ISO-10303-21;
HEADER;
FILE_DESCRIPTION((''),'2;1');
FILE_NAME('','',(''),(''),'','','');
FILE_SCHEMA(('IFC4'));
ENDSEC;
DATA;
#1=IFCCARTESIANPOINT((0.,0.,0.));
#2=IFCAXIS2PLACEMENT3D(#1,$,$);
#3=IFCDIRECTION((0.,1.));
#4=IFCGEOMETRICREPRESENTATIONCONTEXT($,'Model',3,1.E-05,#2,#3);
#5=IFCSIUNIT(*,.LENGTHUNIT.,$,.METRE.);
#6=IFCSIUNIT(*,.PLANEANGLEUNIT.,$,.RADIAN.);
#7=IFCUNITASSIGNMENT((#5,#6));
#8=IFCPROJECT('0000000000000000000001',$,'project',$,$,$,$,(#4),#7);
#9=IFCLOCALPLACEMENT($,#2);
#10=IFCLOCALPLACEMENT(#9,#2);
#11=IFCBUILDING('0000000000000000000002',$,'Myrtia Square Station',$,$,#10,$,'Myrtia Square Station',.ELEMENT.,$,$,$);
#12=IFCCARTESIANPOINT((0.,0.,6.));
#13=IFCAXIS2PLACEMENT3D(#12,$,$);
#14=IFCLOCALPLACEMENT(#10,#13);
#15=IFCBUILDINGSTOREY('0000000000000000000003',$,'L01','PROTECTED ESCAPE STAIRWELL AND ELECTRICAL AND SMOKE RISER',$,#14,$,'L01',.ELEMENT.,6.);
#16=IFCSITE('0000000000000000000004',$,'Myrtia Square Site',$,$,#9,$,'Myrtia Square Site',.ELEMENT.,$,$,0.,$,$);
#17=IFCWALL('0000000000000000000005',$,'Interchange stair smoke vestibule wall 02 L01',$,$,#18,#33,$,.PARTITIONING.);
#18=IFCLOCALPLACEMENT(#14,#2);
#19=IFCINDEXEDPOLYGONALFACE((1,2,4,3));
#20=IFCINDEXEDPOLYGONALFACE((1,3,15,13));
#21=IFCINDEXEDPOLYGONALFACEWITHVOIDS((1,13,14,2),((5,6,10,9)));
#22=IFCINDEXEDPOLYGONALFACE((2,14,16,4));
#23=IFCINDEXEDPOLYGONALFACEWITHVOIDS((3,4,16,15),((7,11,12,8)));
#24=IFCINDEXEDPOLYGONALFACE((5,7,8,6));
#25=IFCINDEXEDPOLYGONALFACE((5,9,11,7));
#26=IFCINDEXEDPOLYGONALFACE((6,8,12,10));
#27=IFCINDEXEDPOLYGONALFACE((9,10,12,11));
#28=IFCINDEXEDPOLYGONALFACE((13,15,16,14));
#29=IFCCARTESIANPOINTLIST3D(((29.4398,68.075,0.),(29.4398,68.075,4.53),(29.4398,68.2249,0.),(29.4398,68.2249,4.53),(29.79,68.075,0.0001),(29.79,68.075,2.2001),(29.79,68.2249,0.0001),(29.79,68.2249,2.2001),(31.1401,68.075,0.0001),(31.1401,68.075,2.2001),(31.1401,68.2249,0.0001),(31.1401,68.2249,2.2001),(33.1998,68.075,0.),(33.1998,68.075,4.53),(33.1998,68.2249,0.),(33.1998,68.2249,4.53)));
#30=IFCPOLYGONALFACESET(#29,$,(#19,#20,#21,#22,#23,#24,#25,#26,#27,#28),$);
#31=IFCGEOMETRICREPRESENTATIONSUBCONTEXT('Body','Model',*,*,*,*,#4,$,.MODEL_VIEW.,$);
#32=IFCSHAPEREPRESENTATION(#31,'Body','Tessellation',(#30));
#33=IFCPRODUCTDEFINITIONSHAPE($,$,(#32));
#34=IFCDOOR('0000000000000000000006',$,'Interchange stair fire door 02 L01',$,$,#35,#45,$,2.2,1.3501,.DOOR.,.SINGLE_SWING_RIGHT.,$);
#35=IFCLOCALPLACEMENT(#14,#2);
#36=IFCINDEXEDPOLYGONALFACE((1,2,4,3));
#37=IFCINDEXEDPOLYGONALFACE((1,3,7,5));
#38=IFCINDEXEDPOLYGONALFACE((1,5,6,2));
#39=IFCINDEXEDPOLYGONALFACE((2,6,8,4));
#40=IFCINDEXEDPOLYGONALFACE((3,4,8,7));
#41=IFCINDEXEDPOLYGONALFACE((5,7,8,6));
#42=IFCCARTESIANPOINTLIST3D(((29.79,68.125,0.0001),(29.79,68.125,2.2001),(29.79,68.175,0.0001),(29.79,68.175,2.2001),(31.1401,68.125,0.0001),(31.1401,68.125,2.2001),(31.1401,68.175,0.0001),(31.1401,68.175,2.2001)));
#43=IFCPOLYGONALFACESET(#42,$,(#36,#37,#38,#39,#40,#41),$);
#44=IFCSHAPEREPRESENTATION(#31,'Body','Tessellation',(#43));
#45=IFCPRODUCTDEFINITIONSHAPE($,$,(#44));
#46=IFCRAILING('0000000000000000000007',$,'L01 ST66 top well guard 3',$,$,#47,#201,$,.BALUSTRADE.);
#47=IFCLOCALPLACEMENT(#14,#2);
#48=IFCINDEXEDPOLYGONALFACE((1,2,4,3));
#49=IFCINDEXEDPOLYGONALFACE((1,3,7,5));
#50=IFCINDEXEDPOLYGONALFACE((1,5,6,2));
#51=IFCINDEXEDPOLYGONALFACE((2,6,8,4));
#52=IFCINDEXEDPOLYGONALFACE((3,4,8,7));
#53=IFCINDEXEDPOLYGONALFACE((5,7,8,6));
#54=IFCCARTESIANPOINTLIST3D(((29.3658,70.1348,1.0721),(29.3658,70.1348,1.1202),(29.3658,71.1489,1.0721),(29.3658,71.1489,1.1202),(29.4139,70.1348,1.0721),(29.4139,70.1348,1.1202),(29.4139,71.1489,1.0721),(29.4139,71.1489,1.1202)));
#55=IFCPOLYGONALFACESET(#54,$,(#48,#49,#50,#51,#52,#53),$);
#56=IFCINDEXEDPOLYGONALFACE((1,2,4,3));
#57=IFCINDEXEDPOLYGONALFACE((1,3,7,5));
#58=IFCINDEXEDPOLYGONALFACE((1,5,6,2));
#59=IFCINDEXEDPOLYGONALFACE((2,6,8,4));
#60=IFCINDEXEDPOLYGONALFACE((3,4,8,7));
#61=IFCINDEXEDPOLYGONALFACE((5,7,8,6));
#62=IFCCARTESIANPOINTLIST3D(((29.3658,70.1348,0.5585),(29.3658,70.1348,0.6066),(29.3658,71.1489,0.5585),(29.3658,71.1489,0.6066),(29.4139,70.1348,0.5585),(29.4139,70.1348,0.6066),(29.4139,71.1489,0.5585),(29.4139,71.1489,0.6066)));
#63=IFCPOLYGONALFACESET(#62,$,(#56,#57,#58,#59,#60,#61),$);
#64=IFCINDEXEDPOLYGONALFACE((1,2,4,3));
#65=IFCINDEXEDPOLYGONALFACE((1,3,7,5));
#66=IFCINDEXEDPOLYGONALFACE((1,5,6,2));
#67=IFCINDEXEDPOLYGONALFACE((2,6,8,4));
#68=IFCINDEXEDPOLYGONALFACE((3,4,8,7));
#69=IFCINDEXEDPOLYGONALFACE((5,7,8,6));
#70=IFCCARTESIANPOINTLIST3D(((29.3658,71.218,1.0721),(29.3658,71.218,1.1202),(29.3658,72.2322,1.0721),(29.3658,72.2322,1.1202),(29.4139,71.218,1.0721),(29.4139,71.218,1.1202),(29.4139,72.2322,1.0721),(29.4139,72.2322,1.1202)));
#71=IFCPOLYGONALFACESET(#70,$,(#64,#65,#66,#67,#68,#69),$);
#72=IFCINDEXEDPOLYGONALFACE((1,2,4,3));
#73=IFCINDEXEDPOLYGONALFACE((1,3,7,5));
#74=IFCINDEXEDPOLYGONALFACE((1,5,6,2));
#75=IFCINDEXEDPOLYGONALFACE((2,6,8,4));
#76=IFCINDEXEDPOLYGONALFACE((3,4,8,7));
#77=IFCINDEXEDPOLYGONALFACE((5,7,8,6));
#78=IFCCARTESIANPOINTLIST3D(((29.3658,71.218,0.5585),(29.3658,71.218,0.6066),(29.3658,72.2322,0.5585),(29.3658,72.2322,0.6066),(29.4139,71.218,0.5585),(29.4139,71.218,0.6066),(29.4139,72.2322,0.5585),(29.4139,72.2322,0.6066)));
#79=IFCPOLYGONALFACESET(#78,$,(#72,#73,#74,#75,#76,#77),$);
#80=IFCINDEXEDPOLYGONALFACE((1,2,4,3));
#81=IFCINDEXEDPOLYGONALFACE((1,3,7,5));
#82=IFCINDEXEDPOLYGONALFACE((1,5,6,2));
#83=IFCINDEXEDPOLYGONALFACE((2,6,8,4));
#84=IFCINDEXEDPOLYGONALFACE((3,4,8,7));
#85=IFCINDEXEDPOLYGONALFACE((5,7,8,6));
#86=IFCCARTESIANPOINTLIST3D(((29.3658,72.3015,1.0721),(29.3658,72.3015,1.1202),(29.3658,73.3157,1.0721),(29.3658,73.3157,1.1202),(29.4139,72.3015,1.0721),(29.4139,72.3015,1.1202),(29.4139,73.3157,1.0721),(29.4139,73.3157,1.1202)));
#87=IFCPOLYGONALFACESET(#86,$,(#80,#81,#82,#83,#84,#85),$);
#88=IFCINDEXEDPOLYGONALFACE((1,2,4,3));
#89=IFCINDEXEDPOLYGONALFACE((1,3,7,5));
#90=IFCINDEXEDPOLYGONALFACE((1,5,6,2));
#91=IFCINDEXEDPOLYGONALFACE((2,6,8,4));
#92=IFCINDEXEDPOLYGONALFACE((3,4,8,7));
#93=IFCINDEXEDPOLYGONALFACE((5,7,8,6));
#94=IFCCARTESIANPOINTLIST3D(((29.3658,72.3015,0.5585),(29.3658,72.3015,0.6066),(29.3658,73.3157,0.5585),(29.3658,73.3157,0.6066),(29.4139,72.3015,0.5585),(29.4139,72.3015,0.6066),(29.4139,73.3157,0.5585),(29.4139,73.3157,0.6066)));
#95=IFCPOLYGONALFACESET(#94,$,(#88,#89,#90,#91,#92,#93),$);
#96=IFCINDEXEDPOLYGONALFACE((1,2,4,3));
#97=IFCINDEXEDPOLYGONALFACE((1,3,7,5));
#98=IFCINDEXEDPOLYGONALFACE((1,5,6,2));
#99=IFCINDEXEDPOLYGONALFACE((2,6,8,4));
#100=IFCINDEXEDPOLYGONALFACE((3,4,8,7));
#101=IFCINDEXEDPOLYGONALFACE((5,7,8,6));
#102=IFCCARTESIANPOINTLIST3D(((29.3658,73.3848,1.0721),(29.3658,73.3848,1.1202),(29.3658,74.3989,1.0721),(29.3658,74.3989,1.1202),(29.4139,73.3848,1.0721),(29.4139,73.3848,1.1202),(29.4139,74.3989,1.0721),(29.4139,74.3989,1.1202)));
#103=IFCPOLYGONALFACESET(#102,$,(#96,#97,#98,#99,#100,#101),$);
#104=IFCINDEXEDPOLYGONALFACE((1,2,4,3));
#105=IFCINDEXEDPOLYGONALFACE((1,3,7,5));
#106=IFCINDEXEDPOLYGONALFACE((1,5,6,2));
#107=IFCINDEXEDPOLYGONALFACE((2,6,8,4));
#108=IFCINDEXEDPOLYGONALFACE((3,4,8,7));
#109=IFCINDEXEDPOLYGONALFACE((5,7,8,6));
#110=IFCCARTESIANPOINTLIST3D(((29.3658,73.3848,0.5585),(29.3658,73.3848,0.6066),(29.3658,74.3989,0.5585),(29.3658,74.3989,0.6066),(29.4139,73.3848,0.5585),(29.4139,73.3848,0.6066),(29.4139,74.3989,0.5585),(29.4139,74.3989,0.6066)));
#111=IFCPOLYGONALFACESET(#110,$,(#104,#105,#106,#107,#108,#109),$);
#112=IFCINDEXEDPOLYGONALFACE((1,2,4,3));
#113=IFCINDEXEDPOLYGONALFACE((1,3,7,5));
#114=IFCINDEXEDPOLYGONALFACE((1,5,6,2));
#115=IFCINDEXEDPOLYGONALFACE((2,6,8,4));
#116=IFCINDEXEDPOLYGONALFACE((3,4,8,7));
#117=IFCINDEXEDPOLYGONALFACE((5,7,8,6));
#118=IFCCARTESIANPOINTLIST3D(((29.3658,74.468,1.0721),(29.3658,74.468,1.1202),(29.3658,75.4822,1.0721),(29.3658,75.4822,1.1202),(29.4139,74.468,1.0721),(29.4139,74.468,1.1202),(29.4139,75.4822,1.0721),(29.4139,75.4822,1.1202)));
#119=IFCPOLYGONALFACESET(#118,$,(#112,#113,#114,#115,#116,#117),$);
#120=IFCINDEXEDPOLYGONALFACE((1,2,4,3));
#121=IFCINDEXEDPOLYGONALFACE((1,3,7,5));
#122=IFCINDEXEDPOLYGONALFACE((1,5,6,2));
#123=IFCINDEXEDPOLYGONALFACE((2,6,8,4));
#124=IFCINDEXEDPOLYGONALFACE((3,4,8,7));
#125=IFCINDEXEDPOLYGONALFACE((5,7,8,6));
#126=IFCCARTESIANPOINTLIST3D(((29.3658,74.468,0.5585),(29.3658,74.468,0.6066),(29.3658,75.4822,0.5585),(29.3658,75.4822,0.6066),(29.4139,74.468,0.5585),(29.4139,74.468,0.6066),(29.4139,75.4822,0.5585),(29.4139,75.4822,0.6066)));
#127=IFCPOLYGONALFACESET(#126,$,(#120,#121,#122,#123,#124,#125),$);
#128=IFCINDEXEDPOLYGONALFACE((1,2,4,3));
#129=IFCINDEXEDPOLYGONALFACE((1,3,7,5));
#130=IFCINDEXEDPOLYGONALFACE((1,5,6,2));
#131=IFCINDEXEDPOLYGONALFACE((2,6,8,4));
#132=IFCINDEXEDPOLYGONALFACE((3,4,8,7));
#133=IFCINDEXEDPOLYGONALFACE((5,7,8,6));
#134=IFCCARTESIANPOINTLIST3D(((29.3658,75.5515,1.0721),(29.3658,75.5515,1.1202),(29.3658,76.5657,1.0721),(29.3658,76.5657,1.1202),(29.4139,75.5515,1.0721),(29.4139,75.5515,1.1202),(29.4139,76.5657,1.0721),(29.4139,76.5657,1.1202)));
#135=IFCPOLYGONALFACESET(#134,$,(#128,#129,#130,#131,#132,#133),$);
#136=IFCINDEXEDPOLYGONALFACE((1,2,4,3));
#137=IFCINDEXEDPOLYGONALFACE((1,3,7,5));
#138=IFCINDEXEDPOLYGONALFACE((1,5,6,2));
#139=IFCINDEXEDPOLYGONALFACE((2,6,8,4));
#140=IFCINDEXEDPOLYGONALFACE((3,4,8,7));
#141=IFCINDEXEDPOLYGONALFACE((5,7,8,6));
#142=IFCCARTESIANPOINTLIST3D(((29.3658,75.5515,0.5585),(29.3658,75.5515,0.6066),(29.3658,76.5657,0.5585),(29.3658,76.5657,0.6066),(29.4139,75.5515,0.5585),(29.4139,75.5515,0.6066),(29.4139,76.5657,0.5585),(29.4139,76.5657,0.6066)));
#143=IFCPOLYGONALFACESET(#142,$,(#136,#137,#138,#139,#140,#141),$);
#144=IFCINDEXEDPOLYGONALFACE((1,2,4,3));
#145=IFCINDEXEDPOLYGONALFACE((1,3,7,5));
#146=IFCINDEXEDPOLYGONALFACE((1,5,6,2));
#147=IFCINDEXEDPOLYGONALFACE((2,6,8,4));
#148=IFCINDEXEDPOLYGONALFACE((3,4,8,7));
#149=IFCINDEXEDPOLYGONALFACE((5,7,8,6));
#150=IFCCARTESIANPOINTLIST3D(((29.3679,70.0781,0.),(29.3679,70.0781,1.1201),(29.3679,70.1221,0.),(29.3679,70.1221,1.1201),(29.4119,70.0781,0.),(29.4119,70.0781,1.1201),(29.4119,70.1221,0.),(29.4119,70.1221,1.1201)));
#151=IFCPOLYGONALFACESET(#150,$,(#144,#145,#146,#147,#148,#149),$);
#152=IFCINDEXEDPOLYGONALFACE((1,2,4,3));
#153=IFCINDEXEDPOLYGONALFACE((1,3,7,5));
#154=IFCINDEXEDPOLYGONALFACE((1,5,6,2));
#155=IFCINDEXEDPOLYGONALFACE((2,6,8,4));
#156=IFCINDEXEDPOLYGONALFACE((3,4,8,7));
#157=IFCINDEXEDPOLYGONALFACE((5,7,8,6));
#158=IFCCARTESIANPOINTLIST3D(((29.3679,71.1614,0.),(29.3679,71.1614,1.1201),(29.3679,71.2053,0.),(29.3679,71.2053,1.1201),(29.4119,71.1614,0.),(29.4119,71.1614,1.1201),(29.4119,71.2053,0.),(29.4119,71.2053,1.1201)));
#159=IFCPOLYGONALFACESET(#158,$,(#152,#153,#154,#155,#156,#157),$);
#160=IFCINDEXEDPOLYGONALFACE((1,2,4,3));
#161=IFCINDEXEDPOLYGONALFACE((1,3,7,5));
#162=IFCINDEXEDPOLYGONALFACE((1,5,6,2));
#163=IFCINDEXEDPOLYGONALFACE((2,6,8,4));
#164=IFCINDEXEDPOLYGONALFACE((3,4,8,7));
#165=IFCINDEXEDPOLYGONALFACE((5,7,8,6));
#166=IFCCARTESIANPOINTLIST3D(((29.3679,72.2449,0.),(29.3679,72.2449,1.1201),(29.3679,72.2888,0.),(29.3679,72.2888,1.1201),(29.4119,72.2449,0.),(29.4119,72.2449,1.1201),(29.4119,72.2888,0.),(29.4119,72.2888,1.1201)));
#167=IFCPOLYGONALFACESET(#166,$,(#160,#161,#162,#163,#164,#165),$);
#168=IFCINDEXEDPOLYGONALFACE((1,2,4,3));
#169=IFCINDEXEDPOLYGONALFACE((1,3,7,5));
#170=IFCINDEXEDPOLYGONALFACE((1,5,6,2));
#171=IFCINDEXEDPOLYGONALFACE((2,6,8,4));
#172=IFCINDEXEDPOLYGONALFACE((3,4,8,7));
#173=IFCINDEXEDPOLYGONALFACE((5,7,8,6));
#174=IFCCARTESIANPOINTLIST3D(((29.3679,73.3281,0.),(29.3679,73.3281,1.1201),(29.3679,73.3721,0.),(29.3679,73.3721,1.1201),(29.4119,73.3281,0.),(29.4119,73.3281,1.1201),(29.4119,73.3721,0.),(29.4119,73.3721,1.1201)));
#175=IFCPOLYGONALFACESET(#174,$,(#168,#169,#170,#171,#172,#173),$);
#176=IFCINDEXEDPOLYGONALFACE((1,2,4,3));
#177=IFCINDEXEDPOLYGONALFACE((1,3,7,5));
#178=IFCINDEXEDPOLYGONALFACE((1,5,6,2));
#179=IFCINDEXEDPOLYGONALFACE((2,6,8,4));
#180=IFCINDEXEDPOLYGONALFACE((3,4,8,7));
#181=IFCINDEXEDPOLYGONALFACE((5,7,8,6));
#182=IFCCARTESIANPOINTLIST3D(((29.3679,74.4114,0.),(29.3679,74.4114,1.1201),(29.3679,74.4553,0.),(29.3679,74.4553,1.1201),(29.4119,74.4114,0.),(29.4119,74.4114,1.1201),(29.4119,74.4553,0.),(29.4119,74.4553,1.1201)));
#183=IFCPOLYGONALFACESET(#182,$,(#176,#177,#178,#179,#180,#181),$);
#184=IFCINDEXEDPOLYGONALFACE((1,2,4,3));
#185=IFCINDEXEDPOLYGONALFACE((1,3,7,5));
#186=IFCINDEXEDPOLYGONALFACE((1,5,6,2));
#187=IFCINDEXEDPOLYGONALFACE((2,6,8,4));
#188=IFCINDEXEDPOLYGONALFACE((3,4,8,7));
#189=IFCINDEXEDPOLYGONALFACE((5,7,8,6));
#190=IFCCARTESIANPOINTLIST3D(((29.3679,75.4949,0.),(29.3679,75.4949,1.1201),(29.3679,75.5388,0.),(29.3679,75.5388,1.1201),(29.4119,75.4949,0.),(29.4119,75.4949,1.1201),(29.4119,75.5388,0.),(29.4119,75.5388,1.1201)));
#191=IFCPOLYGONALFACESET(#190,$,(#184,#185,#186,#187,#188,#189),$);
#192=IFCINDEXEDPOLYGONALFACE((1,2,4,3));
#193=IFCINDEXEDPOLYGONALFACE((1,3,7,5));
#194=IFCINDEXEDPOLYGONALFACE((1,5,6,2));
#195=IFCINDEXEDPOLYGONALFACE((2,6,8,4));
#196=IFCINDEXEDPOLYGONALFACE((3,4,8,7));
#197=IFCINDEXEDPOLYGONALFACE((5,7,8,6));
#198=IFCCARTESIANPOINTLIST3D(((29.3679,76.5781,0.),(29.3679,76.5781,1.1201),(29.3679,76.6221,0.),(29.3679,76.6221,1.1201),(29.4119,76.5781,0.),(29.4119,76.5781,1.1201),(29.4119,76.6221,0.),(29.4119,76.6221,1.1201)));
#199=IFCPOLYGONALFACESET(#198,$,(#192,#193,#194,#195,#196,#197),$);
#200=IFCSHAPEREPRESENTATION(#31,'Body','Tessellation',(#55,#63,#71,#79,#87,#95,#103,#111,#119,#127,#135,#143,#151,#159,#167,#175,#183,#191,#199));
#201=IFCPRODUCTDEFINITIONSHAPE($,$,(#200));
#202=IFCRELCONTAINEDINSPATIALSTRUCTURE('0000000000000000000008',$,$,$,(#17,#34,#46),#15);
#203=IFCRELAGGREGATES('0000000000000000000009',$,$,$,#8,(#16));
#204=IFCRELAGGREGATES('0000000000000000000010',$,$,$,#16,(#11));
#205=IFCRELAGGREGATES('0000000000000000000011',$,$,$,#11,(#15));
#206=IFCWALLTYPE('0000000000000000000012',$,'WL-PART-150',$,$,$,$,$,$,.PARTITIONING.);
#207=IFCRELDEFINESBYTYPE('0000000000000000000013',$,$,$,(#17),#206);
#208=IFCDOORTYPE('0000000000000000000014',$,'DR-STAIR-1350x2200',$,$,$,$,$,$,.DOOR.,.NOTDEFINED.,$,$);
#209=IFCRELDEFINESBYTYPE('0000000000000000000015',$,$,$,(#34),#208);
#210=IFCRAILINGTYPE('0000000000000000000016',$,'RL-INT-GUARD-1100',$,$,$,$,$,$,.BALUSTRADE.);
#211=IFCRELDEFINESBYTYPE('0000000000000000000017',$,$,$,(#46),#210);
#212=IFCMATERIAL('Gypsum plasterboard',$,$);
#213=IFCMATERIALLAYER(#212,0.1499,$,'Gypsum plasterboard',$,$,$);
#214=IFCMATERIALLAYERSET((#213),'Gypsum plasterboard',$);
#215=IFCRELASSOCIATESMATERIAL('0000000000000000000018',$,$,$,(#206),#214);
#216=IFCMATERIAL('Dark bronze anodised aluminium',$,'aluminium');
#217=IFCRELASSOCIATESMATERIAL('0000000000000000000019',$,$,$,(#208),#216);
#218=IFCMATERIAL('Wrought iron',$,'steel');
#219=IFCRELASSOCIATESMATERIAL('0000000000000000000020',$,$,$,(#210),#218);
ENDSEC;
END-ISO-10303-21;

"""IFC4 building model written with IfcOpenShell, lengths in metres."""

from ifc_helpers import new_model, si_unit, direction, frame, frame_2d, origin, origin_2d, place, context, subcontext, project, spatial, rectangle, extrude, material, layer, layer_set, type_object, element, fill, save


model = new_model("IFC4")

# Units and contexts
model_context = context("Model", 3, precision=1e-05, world=origin(), true_north=direction((0.0, 1.0)))
body_context = subcontext(model_context, "Body", "Model", "MODEL_VIEW")
ifc_project = project(units=[si_unit("LENGTHUNIT", "METRE"), si_unit("PLANEANGLEUNIT", "RADIAN")], contexts=[model_context])

# Site, building, storey
site_placement = place(None, origin())
site = spatial("IfcSite", under=ifc_project, at=site_placement, Name="Myrtia Square Site", LongName="Myrtia Square Site", CompositionType="ELEMENT", RefElevation=0.0)
building_placement = place(site_placement, origin())
building = spatial("IfcBuilding", under=site, at=building_placement, Name="Myrtia Square Station", LongName="Myrtia Square Station", CompositionType="ELEMENT")
storey_placement = place(building_placement, frame((0.0, 0.0, 6.0)))
storey = spatial("IfcBuildingStorey", under=building, at=storey_placement, Name="L01", Description="PROTECTED ESCAPE STAIRWELL AND ELECTRICAL AND SMOKE RISER", LongName="L01", CompositionType="ELEMENT", Elevation=6.0)

# Shared definitions
ifc_material_1 = material(Name="Dark bronze anodised aluminium", Category="aluminium")

# Wall, opening, door
ifc_material_2 = material(Name="Gypsum plasterboard")
ifc_layer_1 = layer(ifc_material_2, 0.1499, Name="Gypsum plasterboard")
ifc_layer_set_1 = layer_set([ifc_layer_1], Name="Gypsum plasterboard")
wall_type = type_object("IfcWallType", Name="WL-PART-150", PredefinedType="PARTITIONING", material=ifc_layer_set_1)
wall_placement = place(storey_placement, frame((29.4399, 68.1499, 0.0), z_axis=(0.0, 0.0, 1.0), x_axis=(1.0, 0.0, 0.0)))
wall = element("IfcWall", 1, at=wall_placement, inside=storey, type_object=wall_type, Name="Interchange stair smoke vestibule wall 02 L01", PredefinedType="PARTITIONING", context=body_context, shape_type="SweptSolid", body=[
    extrude(rectangle(XDim=3.76, YDim=0.1499, at=frame_2d((1.8799, 0.0))), origin(), (0.0, 0.0, 1.0), 4.53),
])
opening_placement = place(wall_placement, frame((0.3501, 0.0, 0.0)))
opening = element("IfcOpeningElement", 2, at=opening_placement, cuts=wall, PredefinedType="OPENING", context=body_context, shape_type="SweptSolid", body=[
    extrude(rectangle(XDim=1.3501, YDim=2.2, at=frame_2d((0.675, 1.1001))), frame((0.0, 0.0898, 0.0), z_axis=(0.0, -1.0, 0.0), x_axis=(1.0, 0.0, 0.0)), (0.0, 0.0, 1.0), 0.1799),
])
door_type = type_object("IfcDoorType", Name="DR-STAIR-1350x2200", OperationType="NOTDEFINED", PredefinedType="DOOR", material=ifc_material_1)
door_placement = place(opening_placement, frame((1.3501, 0.0, 0.0), z_axis=(0.0, 0.0, 1.0), x_axis=(-1.0, 0.0, 0.0)))
door = element("IfcDoor", 3, at=door_placement, inside=storey, type_object=door_type, Name="Interchange stair fire door 02 L01", OperationType="SINGLE_SWING_RIGHT", OverallHeight=2.2, OverallWidth=1.3501, PredefinedType="DOOR", context=body_context, shape_type="SweptSolid", body=[
    extrude(rectangle(XDim=1.3501, YDim=2.2, at=frame_2d((0.675, 1.1001))), frame((0.0, 0.0249, 0.0), z_axis=(0.0, -1.0, 0.0), x_axis=(1.0, 0.0, 0.0)), (0.0, 0.0, 1.0), 0.05),
])
fill(opening, door)

# Railing
ifc_material_3 = material(Name="Wrought iron", Category="steel")
railing_type = type_object("IfcRailingType", Name="RL-INT-GUARD-1100", PredefinedType="BALUSTRADE", material=ifc_material_3)
railing_1_placement = place(storey_placement, frame((29.3899, 70.1001, 0.0)))
element("IfcRailing", 4, at=railing_1_placement, inside=storey, type_object=railing_type, Name="L01 ST66 top well guard 3", PredefinedType="BALUSTRADE", context=body_context, shape_type="SweptSolid", body=[
    extrude(rectangle(XDim=0.0481, YDim=0.0481, at=origin_2d()), frame((0.0, 0.0347, 1.0962), z_axis=(0.0, 1.0, 0.0), x_axis=(-1.0, 0.0, 0.0)), (0.0, 0.0, 1.0), 1.0142),
    extrude(rectangle(XDim=0.0481, YDim=0.0481, at=origin_2d()), frame((0.0, 0.0347, 0.5825), z_axis=(0.0, 1.0, 0.0), x_axis=(-1.0, 0.0, 0.0)), (0.0, 0.0, 1.0), 1.0142),
    extrude(rectangle(XDim=0.0481, YDim=0.0481, at=origin_2d()), frame((0.0, 1.1179, 1.0962), z_axis=(0.0, 1.0, 0.0), x_axis=(-1.0, 0.0, 0.0)), (0.0, 0.0, 1.0), 1.0142),
    extrude(rectangle(XDim=0.0481, YDim=0.0481, at=origin_2d()), frame((0.0, 1.1179, 0.5825), z_axis=(0.0, 1.0, 0.0), x_axis=(-1.0, 0.0, 0.0)), (0.0, 0.0, 1.0), 1.0142),
    extrude(rectangle(XDim=0.0481, YDim=0.0481, at=origin_2d()), frame((0.0, 2.2014, 1.0962), z_axis=(0.0, 1.0, 0.0), x_axis=(-1.0, 0.0, 0.0)), (0.0, 0.0, 1.0), 1.0142),
    extrude(rectangle(XDim=0.0481, YDim=0.0481, at=origin_2d()), frame((0.0, 2.2014, 0.5825), z_axis=(0.0, 1.0, 0.0), x_axis=(-1.0, 0.0, 0.0)), (0.0, 0.0, 1.0), 1.0142),
    extrude(rectangle(XDim=0.0481, YDim=0.0481, at=origin_2d()), frame((0.0, 3.2847, 1.0962), z_axis=(0.0, 1.0, 0.0), x_axis=(-1.0, 0.0, 0.0)), (0.0, 0.0, 1.0), 1.0142),
    extrude(rectangle(XDim=0.0481, YDim=0.0481, at=origin_2d()), frame((0.0, 3.2847, 0.5825), z_axis=(0.0, 1.0, 0.0), x_axis=(-1.0, 0.0, 0.0)), (0.0, 0.0, 1.0), 1.0142),
    extrude(rectangle(XDim=0.0481, YDim=0.0481, at=origin_2d()), frame((0.0, 4.3679, 1.0962), z_axis=(0.0, 1.0, 0.0), x_axis=(-1.0, 0.0, 0.0)), (0.0, 0.0, 1.0), 1.0142),
    extrude(rectangle(XDim=0.0481, YDim=0.0481, at=origin_2d()), frame((0.0, 4.3679, 0.5825), z_axis=(0.0, 1.0, 0.0), x_axis=(-1.0, 0.0, 0.0)), (0.0, 0.0, 1.0), 1.0142),
    extrude(rectangle(XDim=0.0481, YDim=0.0481, at=origin_2d()), frame((0.0, 5.4514, 1.0962), z_axis=(0.0, 1.0, 0.0), x_axis=(-1.0, 0.0, 0.0)), (0.0, 0.0, 1.0), 1.0142),
    extrude(rectangle(XDim=0.0481, YDim=0.0481, at=origin_2d()), frame((0.0, 5.4514, 0.5825), z_axis=(0.0, 1.0, 0.0), x_axis=(-1.0, 0.0, 0.0)), (0.0, 0.0, 1.0), 1.0142),
    extrude(rectangle(XDim=0.0439, YDim=0.0439, at=origin_2d()), origin(), (0.0, 0.0, 1.0), 1.1201),
    extrude(rectangle(XDim=0.0439, YDim=0.0439, at=origin_2d()), frame((0.0, 1.0833, 0.0)), (0.0, 0.0, 1.0), 1.1201),
    extrude(rectangle(XDim=0.0439, YDim=0.0439, at=origin_2d()), frame((0.0, 2.1667, 0.0)), (0.0, 0.0, 1.0), 1.1201),
    extrude(rectangle(XDim=0.0439, YDim=0.0439, at=origin_2d()), frame((0.0, 3.25, 0.0)), (0.0, 0.0, 1.0), 1.1201),
    extrude(rectangle(XDim=0.0439, YDim=0.0439, at=origin_2d()), frame((0.0, 4.3333, 0.0)), (0.0, 0.0, 1.0), 1.1201),
    extrude(rectangle(XDim=0.0439, YDim=0.0439, at=origin_2d()), frame((0.0, 5.4167, 0.0)), (0.0, 0.0, 1.0), 1.1201),
    extrude(rectangle(XDim=0.0439, YDim=0.0439, at=origin_2d()), frame((0.0, 6.5, 0.0)), (0.0, 0.0, 1.0), 1.1201),
])

save(model, "model.ifc")
